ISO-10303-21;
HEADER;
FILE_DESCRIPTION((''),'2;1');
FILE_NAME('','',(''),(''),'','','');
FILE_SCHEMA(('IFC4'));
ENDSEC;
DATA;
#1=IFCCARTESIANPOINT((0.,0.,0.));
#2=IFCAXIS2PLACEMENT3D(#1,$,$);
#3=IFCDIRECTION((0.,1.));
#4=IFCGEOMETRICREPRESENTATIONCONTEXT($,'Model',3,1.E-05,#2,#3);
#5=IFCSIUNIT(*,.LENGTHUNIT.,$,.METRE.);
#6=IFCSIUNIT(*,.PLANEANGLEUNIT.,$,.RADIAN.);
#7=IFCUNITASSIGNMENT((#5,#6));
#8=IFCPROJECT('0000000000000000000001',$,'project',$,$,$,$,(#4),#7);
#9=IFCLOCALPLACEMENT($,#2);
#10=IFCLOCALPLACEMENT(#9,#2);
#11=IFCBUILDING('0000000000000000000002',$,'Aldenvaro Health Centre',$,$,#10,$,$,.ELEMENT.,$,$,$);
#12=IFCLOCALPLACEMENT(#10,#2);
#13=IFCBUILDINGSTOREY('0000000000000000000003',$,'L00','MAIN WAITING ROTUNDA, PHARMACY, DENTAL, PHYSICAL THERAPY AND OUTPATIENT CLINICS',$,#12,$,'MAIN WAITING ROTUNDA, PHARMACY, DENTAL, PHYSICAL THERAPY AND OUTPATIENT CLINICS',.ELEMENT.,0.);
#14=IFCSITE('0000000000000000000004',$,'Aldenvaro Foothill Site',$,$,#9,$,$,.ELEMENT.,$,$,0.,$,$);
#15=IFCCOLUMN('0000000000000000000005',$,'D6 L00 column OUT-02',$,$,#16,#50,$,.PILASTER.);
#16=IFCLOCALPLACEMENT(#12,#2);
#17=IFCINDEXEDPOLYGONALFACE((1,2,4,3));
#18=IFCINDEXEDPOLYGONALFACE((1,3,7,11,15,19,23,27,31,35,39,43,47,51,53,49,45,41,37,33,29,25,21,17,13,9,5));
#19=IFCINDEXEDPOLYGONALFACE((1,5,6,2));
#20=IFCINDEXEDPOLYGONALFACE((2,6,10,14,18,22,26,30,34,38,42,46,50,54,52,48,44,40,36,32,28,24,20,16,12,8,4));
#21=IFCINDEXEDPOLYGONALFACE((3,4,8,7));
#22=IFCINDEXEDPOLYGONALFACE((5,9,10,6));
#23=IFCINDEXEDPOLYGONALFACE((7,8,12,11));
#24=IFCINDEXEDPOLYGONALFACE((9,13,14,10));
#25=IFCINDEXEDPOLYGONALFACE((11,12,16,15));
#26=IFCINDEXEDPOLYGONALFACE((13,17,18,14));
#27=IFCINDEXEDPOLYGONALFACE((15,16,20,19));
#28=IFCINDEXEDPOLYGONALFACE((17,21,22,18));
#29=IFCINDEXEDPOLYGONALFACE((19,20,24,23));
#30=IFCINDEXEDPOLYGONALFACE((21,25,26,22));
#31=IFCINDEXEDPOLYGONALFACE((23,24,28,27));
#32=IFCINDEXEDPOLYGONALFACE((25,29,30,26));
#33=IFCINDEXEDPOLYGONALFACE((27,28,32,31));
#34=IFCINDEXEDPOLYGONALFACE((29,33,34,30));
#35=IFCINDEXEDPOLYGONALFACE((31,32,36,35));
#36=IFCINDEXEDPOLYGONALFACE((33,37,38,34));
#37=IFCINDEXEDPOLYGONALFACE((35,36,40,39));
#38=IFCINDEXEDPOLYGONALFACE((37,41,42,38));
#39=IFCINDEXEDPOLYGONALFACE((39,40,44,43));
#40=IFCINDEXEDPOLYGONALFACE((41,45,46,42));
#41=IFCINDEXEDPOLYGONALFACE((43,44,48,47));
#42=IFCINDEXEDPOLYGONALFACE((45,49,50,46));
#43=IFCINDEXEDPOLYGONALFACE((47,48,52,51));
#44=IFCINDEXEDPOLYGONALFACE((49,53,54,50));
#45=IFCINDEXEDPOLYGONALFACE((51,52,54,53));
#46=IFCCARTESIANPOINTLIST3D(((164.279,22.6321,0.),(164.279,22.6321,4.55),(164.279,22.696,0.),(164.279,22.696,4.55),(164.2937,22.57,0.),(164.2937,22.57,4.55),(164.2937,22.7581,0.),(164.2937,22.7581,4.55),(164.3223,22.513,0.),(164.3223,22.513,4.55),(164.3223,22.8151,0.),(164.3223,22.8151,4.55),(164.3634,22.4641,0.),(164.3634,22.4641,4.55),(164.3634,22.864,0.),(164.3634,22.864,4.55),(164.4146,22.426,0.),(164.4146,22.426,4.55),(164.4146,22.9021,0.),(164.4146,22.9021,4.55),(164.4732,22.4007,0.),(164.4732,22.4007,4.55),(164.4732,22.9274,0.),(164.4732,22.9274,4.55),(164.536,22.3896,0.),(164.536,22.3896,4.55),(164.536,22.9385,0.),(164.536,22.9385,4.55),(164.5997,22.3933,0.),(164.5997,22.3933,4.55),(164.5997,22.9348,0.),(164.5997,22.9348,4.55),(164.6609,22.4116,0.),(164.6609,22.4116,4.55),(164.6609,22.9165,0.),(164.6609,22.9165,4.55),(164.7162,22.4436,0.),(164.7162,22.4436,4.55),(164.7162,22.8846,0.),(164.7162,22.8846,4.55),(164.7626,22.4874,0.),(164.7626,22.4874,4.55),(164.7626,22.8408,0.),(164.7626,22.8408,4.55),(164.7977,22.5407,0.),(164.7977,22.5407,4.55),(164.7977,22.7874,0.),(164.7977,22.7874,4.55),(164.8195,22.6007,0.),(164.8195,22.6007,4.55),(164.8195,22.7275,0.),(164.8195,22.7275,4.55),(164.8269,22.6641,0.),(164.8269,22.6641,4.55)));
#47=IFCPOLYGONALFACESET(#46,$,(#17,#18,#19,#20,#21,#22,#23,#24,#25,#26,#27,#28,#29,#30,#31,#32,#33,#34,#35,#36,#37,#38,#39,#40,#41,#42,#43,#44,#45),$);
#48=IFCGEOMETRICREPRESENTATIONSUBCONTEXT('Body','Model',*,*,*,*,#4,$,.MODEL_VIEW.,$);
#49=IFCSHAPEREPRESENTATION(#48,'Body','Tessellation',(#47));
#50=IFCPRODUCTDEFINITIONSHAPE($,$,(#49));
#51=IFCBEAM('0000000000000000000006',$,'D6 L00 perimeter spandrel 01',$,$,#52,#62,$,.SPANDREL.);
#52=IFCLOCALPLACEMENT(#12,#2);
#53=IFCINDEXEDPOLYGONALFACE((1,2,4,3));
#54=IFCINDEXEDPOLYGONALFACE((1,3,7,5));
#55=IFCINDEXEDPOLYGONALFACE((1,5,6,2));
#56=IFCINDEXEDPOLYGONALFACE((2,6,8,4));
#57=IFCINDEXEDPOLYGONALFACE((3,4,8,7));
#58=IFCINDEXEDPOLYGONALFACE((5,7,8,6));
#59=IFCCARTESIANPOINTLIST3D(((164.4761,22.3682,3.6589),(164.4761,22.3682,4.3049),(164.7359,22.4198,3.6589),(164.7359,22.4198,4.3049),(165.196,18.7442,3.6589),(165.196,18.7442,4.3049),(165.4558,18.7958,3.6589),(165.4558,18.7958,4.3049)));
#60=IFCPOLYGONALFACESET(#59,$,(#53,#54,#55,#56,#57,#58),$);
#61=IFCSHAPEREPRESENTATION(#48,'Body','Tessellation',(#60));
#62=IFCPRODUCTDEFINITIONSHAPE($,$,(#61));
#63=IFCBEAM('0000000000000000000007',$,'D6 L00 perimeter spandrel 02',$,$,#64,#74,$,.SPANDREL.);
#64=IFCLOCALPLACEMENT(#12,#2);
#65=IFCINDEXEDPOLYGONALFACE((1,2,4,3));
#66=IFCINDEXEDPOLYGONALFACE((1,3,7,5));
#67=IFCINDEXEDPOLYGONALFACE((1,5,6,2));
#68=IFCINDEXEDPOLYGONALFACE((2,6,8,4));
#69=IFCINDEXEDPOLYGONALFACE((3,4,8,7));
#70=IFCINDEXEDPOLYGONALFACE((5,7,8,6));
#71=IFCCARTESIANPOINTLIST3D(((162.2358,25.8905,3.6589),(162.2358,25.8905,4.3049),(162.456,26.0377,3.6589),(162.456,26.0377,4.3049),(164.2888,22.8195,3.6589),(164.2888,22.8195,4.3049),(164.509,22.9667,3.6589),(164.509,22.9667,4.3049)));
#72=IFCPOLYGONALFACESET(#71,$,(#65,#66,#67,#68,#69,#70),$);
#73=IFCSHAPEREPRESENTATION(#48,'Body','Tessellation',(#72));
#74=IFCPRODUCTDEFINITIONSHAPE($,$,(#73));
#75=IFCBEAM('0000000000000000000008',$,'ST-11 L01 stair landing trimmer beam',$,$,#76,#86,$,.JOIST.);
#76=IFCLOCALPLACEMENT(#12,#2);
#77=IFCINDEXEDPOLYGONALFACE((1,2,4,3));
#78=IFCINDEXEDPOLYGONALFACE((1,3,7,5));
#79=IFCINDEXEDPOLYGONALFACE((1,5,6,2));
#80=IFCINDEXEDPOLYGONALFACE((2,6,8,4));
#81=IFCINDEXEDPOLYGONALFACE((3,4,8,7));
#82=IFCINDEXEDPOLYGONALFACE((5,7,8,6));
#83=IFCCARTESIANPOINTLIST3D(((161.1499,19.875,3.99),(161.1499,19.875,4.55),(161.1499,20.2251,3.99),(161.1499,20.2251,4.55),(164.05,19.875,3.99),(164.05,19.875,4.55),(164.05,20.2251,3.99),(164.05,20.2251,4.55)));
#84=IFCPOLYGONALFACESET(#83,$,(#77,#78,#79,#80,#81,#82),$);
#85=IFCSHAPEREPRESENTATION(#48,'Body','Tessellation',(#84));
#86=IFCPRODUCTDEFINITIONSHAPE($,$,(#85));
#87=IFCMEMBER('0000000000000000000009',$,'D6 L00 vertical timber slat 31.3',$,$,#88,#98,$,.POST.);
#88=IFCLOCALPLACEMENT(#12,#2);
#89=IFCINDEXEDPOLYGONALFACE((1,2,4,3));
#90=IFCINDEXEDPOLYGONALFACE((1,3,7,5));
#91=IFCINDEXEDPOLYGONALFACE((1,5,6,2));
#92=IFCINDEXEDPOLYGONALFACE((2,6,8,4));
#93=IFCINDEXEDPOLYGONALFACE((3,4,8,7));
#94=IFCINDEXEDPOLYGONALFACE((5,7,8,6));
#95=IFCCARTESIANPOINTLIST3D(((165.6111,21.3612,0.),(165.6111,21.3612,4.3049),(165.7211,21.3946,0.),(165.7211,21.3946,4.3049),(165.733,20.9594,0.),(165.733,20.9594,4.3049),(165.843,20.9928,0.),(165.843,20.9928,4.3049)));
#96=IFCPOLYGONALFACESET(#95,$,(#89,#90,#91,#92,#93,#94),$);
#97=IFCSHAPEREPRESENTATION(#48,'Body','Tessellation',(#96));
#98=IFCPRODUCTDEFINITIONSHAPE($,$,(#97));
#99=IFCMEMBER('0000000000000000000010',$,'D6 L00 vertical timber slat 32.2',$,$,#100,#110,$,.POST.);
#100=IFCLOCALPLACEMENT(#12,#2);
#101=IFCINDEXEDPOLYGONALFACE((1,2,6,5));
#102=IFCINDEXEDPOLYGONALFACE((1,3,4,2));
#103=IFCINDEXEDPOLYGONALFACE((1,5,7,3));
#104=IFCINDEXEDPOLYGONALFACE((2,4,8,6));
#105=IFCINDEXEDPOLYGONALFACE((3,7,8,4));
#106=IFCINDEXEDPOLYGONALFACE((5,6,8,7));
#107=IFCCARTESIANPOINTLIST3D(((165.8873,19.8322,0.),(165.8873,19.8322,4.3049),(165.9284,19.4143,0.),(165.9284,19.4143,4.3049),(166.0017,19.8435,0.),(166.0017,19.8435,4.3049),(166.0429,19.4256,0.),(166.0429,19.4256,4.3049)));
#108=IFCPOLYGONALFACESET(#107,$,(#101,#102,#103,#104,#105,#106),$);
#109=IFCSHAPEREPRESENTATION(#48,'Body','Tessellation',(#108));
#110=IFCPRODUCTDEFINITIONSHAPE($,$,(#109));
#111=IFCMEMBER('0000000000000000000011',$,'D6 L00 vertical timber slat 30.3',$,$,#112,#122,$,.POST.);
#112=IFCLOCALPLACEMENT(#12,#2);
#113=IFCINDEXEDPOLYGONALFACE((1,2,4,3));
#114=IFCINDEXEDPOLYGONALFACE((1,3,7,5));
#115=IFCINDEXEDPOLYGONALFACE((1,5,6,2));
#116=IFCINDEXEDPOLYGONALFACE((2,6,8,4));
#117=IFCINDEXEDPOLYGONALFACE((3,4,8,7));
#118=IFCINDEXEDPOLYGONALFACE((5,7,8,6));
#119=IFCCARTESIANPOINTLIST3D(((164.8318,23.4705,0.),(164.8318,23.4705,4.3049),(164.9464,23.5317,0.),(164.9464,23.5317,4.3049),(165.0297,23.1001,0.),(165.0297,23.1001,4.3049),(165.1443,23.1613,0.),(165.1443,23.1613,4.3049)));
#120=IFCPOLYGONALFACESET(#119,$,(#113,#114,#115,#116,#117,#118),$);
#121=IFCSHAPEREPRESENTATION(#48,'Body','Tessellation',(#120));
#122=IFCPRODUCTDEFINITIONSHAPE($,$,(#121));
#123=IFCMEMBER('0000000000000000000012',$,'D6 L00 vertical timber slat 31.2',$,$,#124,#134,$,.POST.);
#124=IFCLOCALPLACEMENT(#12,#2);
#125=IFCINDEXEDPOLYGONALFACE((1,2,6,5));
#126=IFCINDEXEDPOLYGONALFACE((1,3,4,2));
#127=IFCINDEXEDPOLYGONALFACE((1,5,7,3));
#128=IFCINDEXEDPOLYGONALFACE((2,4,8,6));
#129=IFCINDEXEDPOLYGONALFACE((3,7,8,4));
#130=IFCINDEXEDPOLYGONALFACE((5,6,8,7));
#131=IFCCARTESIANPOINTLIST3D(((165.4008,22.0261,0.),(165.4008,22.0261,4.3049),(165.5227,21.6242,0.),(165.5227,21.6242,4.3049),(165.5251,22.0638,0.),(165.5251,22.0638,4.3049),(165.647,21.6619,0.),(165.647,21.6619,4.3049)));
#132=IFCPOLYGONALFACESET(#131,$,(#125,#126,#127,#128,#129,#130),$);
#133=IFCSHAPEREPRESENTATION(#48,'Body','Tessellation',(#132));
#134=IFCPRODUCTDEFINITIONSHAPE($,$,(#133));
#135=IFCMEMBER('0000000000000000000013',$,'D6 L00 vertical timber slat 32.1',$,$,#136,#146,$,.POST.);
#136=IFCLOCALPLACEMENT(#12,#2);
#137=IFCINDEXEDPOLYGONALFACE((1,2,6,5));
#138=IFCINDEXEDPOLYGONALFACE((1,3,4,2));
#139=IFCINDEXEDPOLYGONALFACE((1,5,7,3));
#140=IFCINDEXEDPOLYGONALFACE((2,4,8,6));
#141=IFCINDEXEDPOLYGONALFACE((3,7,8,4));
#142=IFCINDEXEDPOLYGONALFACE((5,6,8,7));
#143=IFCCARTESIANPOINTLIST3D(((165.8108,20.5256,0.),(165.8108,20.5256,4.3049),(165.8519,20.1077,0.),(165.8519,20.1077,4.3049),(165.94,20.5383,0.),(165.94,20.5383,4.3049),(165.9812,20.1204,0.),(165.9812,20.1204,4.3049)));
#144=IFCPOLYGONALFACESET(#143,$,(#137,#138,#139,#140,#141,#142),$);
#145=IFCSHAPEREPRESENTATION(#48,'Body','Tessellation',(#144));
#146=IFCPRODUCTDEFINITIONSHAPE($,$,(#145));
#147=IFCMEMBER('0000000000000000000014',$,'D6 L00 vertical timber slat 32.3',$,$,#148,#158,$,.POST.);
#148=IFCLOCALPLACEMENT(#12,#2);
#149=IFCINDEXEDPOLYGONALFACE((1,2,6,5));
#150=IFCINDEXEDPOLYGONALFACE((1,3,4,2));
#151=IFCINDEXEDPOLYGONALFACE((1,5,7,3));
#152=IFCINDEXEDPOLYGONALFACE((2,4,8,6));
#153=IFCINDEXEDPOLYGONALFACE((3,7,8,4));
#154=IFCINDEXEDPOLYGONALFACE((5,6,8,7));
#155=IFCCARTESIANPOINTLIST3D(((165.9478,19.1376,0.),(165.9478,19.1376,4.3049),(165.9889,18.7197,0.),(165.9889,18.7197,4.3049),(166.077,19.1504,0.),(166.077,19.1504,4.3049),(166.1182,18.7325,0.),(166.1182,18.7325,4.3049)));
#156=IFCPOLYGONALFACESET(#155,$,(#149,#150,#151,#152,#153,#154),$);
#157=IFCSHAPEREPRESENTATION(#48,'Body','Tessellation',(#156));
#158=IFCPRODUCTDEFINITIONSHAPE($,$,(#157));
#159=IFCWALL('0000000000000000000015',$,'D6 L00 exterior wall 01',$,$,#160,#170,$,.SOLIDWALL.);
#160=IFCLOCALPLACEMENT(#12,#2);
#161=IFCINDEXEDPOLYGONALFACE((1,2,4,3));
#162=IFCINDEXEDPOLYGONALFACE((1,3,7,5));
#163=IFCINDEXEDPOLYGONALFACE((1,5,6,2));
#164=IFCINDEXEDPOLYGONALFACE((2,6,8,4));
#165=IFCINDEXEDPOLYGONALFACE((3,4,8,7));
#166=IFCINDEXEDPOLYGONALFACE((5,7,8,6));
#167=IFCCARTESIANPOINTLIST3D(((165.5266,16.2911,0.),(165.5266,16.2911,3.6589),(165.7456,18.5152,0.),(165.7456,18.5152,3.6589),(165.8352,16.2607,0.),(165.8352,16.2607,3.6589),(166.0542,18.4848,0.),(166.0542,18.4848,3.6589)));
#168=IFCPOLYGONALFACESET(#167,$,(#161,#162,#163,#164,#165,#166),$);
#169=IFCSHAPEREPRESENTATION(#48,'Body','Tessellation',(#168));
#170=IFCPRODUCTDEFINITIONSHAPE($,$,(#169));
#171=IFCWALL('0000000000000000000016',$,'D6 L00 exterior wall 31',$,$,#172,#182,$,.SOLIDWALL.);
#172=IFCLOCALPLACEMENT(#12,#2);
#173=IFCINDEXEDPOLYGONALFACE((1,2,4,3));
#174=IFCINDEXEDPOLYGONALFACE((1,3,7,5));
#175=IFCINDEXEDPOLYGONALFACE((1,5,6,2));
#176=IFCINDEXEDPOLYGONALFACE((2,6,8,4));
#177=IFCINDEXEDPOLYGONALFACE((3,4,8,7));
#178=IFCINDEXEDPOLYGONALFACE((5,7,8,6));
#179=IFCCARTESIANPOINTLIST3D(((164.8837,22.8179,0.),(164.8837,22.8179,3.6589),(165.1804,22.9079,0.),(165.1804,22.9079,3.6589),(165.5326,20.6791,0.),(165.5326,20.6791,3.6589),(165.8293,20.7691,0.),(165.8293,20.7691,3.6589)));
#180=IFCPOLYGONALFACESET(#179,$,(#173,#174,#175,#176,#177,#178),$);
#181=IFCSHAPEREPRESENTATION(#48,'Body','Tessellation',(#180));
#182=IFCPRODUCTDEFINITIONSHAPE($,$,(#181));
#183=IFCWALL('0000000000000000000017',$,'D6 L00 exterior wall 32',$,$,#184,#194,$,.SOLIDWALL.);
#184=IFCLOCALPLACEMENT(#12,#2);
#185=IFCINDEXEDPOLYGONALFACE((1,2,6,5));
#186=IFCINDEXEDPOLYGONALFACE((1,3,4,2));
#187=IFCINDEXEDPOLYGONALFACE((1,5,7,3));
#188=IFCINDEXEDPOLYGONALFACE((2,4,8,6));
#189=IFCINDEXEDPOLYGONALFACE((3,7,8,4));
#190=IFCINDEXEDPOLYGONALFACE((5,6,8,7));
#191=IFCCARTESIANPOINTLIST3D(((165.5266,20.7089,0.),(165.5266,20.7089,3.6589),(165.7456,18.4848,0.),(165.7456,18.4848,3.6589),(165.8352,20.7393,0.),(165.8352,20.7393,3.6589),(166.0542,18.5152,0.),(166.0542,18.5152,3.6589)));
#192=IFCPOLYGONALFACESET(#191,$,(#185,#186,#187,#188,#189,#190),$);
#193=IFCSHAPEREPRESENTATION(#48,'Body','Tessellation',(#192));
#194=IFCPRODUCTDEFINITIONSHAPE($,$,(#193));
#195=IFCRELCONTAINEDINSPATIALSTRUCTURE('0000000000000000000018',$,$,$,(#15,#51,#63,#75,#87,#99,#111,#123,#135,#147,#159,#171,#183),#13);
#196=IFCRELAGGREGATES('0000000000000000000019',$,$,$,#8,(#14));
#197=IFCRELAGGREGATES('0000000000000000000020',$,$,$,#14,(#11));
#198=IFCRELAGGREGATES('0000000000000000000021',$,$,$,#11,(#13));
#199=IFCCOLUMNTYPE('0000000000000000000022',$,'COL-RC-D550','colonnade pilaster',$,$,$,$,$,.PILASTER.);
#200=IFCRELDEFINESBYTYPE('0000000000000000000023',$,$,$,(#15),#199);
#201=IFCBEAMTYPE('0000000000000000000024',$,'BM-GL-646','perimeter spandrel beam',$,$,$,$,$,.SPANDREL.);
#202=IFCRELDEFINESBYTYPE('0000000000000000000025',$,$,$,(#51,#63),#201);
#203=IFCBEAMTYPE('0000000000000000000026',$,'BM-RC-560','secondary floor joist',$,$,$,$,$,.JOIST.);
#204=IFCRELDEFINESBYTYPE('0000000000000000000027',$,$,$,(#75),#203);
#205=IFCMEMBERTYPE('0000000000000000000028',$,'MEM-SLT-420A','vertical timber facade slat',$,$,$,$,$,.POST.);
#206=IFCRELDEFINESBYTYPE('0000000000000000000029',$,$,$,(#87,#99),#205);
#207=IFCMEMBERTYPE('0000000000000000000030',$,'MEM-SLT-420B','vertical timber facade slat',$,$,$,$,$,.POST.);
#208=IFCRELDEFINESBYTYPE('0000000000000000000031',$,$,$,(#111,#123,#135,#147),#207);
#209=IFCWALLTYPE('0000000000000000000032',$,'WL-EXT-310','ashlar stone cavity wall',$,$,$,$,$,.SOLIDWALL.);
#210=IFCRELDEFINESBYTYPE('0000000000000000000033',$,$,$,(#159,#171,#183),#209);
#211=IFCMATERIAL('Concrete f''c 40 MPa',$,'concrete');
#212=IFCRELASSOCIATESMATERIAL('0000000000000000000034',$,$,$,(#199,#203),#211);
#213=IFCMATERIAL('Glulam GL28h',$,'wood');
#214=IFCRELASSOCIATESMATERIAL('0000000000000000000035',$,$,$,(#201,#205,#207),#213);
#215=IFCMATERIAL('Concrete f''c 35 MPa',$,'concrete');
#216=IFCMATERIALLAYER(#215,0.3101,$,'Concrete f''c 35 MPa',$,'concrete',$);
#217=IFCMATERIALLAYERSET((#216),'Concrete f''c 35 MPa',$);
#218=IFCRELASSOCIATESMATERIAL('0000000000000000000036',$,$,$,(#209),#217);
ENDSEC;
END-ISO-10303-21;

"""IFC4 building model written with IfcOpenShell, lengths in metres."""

from ifc_helpers import new_model, si_unit, direction, frame, frame_2d, origin, origin_2d, place, context, subcontext, project, spatial, rectangle, circle, extrude, material, layer, layer_set, material_profile, profile_set, type_object, element, save


model = new_model("IFC4")

# Units and contexts
model_context = context("Model", 3, precision=1e-05, world=origin(), true_north=direction((0.0, 1.0)))
body_context = subcontext(model_context, "Body", "Model", "MODEL_VIEW")
ifc_project = project(units=[si_unit("LENGTHUNIT", "METRE"), si_unit("PLANEANGLEUNIT", "RADIAN")], contexts=[model_context])

# Site, building, storey
site_placement = place(None, origin())
site = spatial("IfcSite", under=ifc_project, at=site_placement, Name="Aldenvaro Foothill Site", CompositionType="ELEMENT", RefElevation=0.0)
building_placement = place(site_placement, origin())
building = spatial("IfcBuilding", under=site, at=building_placement, Name="Aldenvaro Health Centre", CompositionType="ELEMENT")
storey_placement = place(building_placement, origin())
storey = spatial("IfcBuildingStorey", under=building, at=storey_placement, Name="L00", Description="MAIN WAITING ROTUNDA, PHARMACY, DENTAL, PHYSICAL THERAPY AND OUTPATIENT CLINICS", LongName="MAIN WAITING ROTUNDA, PHARMACY, DENTAL, PHYSICAL THERAPY AND OUTPATIENT CLINICS", CompositionType="ELEMENT", Elevation=0.0)

# Column
ifc_material_1 = material(Name="Concrete f'c 40 MPa", Category="concrete")
ifc_material_profile_1 = material_profile(ifc_material_1, circle(Radius=0.2749, at=origin_2d()), Name="RC D550", Category="concrete")
ifc_profile_set_1 = profile_set([ifc_material_profile_1], Name="Concrete f'c 40 MPa")
column_type = type_object("IfcColumnType", Name="COL-RC-D550", Description="colonnade pilaster", PredefinedType="PILASTER", material=ifc_profile_set_1)
column_placement = place(storey_placement, frame((164.552, 22.6641, 0.0), z_axis=(0.0, 0.0, 1.0), x_axis=(1.0, 0.0, 0.0)))
element("IfcColumn", 1, at=column_placement, inside=storey, type_object=column_type, Name="D6 L00 column OUT-02", PredefinedType="PILASTER", context=body_context, shape_type="SweptSolid", body=[
    extrude(circle(Radius=0.2749, at=origin_2d()), origin(), (0.0, 0.0, 1.0), 4.55),
])

# Beams
ifc_material_2 = material(Name="Glulam GL28h", Category="wood")
ifc_material_profile_2 = material_profile(ifc_material_2, rectangle(XDim=0.2649, YDim=0.646, at=origin_2d()), Name="GL 265x646", Category="wood")
ifc_profile_set_2 = profile_set([ifc_material_profile_2], Name="Glulam GL28h")
beam_type_1 = type_object("IfcBeamType", Name="BM-GL-646", Description="perimeter spandrel beam", PredefinedType="SPANDREL", material=ifc_profile_set_2)
beam_1_placement = place(storey_placement, frame((165.3259, 18.77, 3.9819), z_axis=(-0.194858, 0.980831, 0.0), x_axis=(-0.980831, -0.194858, 0.0)))
element("IfcBeam", 2, at=beam_1_placement, inside=storey, type_object=beam_type_1, Name="D6 L00 perimeter spandrel 01", PredefinedType="SPANDREL", context=body_context, shape_type="SweptSolid", body=[
    extrude(rectangle(XDim=0.2649, YDim=0.646, at=origin_2d()), origin(), (0.0, 0.0, 1.0), 3.6948),
])
beam_2_placement = place(storey_placement, frame((164.3989, 22.8931, 3.9819), z_axis=(-0.555752, 0.831348, 0.0), x_axis=(-0.831348, -0.555752, 0.0)))
element("IfcBeam", 3, at=beam_2_placement, inside=storey, type_object=beam_type_1, Name="D6 L00 perimeter spandrel 02", PredefinedType="SPANDREL", context=body_context, shape_type="SweptSolid", body=[
    extrude(rectangle(XDim=0.2649, YDim=0.646, at=origin_2d()), origin(), (0.0, 0.0, 1.0), 3.6941),
])
ifc_material_profile_3 = material_profile(ifc_material_1, rectangle(XDim=0.3501, YDim=0.5601, at=origin_2d()), Name="RC 350x560", Category="concrete")
ifc_profile_set_3 = profile_set([ifc_material_profile_3], Name="Concrete f'c 40 MPa")
beam_type_2 = type_object("IfcBeamType", Name="BM-RC-560", Description="secondary floor joist", PredefinedType="JOIST", material=ifc_profile_set_3)
beam_3_placement = place(storey_placement, frame((161.1499, 20.05, 4.27), z_axis=(1.0, 0.0, 0.0), x_axis=(0.0, 1.0, 0.0)))
element("IfcBeam", 4, at=beam_3_placement, inside=storey, type_object=beam_type_2, Name="ST-11 L01 stair landing trimmer beam", PredefinedType="JOIST", context=body_context, shape_type="SweptSolid", body=[
    extrude(rectangle(XDim=0.3501, YDim=0.5601, at=origin_2d()), origin(), (0.0, 0.0, 1.0), 2.9001),
])

# Members
ifc_material_profile_4 = material_profile(ifc_material_2, rectangle(XDim=0.115, YDim=0.4199, at=origin_2d()), Name="GL 115x420", Category="wood")
ifc_profile_set_4 = profile_set([ifc_material_profile_4], Name="Glulam GL28h")
member_type_1 = type_object("IfcMemberType", Name="MEM-SLT-420A", Description="vertical timber facade slat", PredefinedType="POST", material=ifc_profile_set_4)
for number, where, z_axis, x_axis, name in (
    (5, (165.7271, 21.177, 0.0), (0.0, 0.0, 1.0), (0.956923, 0.290343, 0.0), "D6 L00 vertical timber slat 31.3"),
    (6, (165.9651, 19.6289, 0.0), (0.0, 0.0, 1.0), (0.995187, 0.097997, 0.0), "D6 L00 vertical timber slat 32.2"),
):
    element("IfcMember", number, at=place(storey_placement, frame(where, z_axis=z_axis, x_axis=x_axis)), inside=storey, type_object=member_type_1, Name=name, PredefinedType="POST", context=body_context, shape_type="SweptSolid", body=[
        extrude(rectangle(XDim=0.115, YDim=0.4199, at=origin_2d()), origin(), (0.0, 0.0, 1.0), 4.3049),
    ])
ifc_material_profile_5 = material_profile(ifc_material_2, rectangle(XDim=0.1299, YDim=0.4199, at=origin_2d()), Name="GL 130x420", Category="wood")
ifc_profile_set_5 = profile_set([ifc_material_profile_5], Name="Glulam GL28h")
member_type_2 = type_object("IfcMemberType", Name="MEM-SLT-420B", Description="vertical timber facade slat", PredefinedType="POST", material=ifc_profile_set_5)
for number, where, z_axis, x_axis, name in (
    (7, (164.988, 23.3159, 0.0), (0.0, 0.0, 1.0), (0.882018, 0.471215, 0.0), "D6 L00 vertical timber slat 30.3"),
    (8, (165.5239, 21.844, 0.0), (0.0, 0.0, 1.0), (0.956923, 0.290343, 0.0), "D6 L00 vertical timber slat 31.2"),
    (9, (165.896, 20.323, 0.0), (0.0, 0.0, 1.0), (0.995187, 0.097997, 0.0), "D6 L00 vertical timber slat 32.1"),
    (10, (166.033, 18.9351, 0.0), (0.0, 0.0, 1.0), (0.995187, 0.097997, 0.0), "D6 L00 vertical timber slat 32.3"),
):
    element("IfcMember", number, at=place(storey_placement, frame(where, z_axis=z_axis, x_axis=x_axis)), inside=storey, type_object=member_type_2, Name=name, PredefinedType="POST", context=body_context, shape_type="SweptSolid", body=[
        extrude(rectangle(XDim=0.1299, YDim=0.4199, at=origin_2d()), origin(), (0.0, 0.0, 1.0), 4.3049),
    ])

# Walls
ifc_material_3 = material(Name="Concrete f'c 35 MPa", Category="concrete")
ifc_layer_1 = layer(ifc_material_3, 0.3101, Name="Concrete f'c 35 MPa", Category="concrete")
ifc_layer_set_1 = layer_set([ifc_layer_1], Name="Concrete f'c 35 MPa")
wall_type_1 = type_object("IfcWallType", Name="WL-EXT-310", Description="ashlar stone cavity wall", PredefinedType="SOLIDWALL", material=ifc_layer_set_1)
wall_1_placement = place(storey_placement, frame((165.8999, 18.5, 0.0), z_axis=(0.0, 0.0, 1.0), x_axis=(-0.097989, -0.995187, 0.0)))
element("IfcWall", 11, at=wall_1_placement, inside=storey, type_object=wall_type_1, Name="D6 L00 exterior wall 01", PredefinedType="SOLIDWALL", context=body_context, shape_type="SweptSolid", body=[
    extrude(rectangle(XDim=2.2349, YDim=0.3101, at=frame_2d((1.1174, 0.0))), origin(), (0.0, 0.0, 1.0), 3.6589),
])
wall_2_placement = place(storey_placement, frame((165.032, 22.863, 0.0), z_axis=(0.0, 0.0, 1.0), x_axis=(0.290323, -0.956929, 0.0)))
element("IfcWall", 12, at=wall_2_placement, inside=storey, type_object=wall_type_1, Name="D6 L00 exterior wall 31", PredefinedType="SOLIDWALL", context=body_context, shape_type="SweptSolid", body=[
    extrude(rectangle(XDim=2.2351, YDim=0.3101, at=frame_2d((1.1177, 0.0))), origin(), (0.0, 0.0, 1.0), 3.6589),
])
wall_3_placement = place(storey_placement, frame((165.6809, 20.7241, 0.0), z_axis=(0.0, 0.0, 1.0), x_axis=(0.097989, -0.995187, 0.0)))
element("IfcWall", 13, at=wall_3_placement, inside=storey, type_object=wall_type_1, Name="D6 L00 exterior wall 32", PredefinedType="SOLIDWALL", context=body_context, shape_type="SweptSolid", body=[
    extrude(rectangle(XDim=2.2349, YDim=0.3101, at=frame_2d((1.1174, 0.0))), origin(), (0.0, 0.0, 1.0), 3.6589),
])

save(model, "model.ifc")
